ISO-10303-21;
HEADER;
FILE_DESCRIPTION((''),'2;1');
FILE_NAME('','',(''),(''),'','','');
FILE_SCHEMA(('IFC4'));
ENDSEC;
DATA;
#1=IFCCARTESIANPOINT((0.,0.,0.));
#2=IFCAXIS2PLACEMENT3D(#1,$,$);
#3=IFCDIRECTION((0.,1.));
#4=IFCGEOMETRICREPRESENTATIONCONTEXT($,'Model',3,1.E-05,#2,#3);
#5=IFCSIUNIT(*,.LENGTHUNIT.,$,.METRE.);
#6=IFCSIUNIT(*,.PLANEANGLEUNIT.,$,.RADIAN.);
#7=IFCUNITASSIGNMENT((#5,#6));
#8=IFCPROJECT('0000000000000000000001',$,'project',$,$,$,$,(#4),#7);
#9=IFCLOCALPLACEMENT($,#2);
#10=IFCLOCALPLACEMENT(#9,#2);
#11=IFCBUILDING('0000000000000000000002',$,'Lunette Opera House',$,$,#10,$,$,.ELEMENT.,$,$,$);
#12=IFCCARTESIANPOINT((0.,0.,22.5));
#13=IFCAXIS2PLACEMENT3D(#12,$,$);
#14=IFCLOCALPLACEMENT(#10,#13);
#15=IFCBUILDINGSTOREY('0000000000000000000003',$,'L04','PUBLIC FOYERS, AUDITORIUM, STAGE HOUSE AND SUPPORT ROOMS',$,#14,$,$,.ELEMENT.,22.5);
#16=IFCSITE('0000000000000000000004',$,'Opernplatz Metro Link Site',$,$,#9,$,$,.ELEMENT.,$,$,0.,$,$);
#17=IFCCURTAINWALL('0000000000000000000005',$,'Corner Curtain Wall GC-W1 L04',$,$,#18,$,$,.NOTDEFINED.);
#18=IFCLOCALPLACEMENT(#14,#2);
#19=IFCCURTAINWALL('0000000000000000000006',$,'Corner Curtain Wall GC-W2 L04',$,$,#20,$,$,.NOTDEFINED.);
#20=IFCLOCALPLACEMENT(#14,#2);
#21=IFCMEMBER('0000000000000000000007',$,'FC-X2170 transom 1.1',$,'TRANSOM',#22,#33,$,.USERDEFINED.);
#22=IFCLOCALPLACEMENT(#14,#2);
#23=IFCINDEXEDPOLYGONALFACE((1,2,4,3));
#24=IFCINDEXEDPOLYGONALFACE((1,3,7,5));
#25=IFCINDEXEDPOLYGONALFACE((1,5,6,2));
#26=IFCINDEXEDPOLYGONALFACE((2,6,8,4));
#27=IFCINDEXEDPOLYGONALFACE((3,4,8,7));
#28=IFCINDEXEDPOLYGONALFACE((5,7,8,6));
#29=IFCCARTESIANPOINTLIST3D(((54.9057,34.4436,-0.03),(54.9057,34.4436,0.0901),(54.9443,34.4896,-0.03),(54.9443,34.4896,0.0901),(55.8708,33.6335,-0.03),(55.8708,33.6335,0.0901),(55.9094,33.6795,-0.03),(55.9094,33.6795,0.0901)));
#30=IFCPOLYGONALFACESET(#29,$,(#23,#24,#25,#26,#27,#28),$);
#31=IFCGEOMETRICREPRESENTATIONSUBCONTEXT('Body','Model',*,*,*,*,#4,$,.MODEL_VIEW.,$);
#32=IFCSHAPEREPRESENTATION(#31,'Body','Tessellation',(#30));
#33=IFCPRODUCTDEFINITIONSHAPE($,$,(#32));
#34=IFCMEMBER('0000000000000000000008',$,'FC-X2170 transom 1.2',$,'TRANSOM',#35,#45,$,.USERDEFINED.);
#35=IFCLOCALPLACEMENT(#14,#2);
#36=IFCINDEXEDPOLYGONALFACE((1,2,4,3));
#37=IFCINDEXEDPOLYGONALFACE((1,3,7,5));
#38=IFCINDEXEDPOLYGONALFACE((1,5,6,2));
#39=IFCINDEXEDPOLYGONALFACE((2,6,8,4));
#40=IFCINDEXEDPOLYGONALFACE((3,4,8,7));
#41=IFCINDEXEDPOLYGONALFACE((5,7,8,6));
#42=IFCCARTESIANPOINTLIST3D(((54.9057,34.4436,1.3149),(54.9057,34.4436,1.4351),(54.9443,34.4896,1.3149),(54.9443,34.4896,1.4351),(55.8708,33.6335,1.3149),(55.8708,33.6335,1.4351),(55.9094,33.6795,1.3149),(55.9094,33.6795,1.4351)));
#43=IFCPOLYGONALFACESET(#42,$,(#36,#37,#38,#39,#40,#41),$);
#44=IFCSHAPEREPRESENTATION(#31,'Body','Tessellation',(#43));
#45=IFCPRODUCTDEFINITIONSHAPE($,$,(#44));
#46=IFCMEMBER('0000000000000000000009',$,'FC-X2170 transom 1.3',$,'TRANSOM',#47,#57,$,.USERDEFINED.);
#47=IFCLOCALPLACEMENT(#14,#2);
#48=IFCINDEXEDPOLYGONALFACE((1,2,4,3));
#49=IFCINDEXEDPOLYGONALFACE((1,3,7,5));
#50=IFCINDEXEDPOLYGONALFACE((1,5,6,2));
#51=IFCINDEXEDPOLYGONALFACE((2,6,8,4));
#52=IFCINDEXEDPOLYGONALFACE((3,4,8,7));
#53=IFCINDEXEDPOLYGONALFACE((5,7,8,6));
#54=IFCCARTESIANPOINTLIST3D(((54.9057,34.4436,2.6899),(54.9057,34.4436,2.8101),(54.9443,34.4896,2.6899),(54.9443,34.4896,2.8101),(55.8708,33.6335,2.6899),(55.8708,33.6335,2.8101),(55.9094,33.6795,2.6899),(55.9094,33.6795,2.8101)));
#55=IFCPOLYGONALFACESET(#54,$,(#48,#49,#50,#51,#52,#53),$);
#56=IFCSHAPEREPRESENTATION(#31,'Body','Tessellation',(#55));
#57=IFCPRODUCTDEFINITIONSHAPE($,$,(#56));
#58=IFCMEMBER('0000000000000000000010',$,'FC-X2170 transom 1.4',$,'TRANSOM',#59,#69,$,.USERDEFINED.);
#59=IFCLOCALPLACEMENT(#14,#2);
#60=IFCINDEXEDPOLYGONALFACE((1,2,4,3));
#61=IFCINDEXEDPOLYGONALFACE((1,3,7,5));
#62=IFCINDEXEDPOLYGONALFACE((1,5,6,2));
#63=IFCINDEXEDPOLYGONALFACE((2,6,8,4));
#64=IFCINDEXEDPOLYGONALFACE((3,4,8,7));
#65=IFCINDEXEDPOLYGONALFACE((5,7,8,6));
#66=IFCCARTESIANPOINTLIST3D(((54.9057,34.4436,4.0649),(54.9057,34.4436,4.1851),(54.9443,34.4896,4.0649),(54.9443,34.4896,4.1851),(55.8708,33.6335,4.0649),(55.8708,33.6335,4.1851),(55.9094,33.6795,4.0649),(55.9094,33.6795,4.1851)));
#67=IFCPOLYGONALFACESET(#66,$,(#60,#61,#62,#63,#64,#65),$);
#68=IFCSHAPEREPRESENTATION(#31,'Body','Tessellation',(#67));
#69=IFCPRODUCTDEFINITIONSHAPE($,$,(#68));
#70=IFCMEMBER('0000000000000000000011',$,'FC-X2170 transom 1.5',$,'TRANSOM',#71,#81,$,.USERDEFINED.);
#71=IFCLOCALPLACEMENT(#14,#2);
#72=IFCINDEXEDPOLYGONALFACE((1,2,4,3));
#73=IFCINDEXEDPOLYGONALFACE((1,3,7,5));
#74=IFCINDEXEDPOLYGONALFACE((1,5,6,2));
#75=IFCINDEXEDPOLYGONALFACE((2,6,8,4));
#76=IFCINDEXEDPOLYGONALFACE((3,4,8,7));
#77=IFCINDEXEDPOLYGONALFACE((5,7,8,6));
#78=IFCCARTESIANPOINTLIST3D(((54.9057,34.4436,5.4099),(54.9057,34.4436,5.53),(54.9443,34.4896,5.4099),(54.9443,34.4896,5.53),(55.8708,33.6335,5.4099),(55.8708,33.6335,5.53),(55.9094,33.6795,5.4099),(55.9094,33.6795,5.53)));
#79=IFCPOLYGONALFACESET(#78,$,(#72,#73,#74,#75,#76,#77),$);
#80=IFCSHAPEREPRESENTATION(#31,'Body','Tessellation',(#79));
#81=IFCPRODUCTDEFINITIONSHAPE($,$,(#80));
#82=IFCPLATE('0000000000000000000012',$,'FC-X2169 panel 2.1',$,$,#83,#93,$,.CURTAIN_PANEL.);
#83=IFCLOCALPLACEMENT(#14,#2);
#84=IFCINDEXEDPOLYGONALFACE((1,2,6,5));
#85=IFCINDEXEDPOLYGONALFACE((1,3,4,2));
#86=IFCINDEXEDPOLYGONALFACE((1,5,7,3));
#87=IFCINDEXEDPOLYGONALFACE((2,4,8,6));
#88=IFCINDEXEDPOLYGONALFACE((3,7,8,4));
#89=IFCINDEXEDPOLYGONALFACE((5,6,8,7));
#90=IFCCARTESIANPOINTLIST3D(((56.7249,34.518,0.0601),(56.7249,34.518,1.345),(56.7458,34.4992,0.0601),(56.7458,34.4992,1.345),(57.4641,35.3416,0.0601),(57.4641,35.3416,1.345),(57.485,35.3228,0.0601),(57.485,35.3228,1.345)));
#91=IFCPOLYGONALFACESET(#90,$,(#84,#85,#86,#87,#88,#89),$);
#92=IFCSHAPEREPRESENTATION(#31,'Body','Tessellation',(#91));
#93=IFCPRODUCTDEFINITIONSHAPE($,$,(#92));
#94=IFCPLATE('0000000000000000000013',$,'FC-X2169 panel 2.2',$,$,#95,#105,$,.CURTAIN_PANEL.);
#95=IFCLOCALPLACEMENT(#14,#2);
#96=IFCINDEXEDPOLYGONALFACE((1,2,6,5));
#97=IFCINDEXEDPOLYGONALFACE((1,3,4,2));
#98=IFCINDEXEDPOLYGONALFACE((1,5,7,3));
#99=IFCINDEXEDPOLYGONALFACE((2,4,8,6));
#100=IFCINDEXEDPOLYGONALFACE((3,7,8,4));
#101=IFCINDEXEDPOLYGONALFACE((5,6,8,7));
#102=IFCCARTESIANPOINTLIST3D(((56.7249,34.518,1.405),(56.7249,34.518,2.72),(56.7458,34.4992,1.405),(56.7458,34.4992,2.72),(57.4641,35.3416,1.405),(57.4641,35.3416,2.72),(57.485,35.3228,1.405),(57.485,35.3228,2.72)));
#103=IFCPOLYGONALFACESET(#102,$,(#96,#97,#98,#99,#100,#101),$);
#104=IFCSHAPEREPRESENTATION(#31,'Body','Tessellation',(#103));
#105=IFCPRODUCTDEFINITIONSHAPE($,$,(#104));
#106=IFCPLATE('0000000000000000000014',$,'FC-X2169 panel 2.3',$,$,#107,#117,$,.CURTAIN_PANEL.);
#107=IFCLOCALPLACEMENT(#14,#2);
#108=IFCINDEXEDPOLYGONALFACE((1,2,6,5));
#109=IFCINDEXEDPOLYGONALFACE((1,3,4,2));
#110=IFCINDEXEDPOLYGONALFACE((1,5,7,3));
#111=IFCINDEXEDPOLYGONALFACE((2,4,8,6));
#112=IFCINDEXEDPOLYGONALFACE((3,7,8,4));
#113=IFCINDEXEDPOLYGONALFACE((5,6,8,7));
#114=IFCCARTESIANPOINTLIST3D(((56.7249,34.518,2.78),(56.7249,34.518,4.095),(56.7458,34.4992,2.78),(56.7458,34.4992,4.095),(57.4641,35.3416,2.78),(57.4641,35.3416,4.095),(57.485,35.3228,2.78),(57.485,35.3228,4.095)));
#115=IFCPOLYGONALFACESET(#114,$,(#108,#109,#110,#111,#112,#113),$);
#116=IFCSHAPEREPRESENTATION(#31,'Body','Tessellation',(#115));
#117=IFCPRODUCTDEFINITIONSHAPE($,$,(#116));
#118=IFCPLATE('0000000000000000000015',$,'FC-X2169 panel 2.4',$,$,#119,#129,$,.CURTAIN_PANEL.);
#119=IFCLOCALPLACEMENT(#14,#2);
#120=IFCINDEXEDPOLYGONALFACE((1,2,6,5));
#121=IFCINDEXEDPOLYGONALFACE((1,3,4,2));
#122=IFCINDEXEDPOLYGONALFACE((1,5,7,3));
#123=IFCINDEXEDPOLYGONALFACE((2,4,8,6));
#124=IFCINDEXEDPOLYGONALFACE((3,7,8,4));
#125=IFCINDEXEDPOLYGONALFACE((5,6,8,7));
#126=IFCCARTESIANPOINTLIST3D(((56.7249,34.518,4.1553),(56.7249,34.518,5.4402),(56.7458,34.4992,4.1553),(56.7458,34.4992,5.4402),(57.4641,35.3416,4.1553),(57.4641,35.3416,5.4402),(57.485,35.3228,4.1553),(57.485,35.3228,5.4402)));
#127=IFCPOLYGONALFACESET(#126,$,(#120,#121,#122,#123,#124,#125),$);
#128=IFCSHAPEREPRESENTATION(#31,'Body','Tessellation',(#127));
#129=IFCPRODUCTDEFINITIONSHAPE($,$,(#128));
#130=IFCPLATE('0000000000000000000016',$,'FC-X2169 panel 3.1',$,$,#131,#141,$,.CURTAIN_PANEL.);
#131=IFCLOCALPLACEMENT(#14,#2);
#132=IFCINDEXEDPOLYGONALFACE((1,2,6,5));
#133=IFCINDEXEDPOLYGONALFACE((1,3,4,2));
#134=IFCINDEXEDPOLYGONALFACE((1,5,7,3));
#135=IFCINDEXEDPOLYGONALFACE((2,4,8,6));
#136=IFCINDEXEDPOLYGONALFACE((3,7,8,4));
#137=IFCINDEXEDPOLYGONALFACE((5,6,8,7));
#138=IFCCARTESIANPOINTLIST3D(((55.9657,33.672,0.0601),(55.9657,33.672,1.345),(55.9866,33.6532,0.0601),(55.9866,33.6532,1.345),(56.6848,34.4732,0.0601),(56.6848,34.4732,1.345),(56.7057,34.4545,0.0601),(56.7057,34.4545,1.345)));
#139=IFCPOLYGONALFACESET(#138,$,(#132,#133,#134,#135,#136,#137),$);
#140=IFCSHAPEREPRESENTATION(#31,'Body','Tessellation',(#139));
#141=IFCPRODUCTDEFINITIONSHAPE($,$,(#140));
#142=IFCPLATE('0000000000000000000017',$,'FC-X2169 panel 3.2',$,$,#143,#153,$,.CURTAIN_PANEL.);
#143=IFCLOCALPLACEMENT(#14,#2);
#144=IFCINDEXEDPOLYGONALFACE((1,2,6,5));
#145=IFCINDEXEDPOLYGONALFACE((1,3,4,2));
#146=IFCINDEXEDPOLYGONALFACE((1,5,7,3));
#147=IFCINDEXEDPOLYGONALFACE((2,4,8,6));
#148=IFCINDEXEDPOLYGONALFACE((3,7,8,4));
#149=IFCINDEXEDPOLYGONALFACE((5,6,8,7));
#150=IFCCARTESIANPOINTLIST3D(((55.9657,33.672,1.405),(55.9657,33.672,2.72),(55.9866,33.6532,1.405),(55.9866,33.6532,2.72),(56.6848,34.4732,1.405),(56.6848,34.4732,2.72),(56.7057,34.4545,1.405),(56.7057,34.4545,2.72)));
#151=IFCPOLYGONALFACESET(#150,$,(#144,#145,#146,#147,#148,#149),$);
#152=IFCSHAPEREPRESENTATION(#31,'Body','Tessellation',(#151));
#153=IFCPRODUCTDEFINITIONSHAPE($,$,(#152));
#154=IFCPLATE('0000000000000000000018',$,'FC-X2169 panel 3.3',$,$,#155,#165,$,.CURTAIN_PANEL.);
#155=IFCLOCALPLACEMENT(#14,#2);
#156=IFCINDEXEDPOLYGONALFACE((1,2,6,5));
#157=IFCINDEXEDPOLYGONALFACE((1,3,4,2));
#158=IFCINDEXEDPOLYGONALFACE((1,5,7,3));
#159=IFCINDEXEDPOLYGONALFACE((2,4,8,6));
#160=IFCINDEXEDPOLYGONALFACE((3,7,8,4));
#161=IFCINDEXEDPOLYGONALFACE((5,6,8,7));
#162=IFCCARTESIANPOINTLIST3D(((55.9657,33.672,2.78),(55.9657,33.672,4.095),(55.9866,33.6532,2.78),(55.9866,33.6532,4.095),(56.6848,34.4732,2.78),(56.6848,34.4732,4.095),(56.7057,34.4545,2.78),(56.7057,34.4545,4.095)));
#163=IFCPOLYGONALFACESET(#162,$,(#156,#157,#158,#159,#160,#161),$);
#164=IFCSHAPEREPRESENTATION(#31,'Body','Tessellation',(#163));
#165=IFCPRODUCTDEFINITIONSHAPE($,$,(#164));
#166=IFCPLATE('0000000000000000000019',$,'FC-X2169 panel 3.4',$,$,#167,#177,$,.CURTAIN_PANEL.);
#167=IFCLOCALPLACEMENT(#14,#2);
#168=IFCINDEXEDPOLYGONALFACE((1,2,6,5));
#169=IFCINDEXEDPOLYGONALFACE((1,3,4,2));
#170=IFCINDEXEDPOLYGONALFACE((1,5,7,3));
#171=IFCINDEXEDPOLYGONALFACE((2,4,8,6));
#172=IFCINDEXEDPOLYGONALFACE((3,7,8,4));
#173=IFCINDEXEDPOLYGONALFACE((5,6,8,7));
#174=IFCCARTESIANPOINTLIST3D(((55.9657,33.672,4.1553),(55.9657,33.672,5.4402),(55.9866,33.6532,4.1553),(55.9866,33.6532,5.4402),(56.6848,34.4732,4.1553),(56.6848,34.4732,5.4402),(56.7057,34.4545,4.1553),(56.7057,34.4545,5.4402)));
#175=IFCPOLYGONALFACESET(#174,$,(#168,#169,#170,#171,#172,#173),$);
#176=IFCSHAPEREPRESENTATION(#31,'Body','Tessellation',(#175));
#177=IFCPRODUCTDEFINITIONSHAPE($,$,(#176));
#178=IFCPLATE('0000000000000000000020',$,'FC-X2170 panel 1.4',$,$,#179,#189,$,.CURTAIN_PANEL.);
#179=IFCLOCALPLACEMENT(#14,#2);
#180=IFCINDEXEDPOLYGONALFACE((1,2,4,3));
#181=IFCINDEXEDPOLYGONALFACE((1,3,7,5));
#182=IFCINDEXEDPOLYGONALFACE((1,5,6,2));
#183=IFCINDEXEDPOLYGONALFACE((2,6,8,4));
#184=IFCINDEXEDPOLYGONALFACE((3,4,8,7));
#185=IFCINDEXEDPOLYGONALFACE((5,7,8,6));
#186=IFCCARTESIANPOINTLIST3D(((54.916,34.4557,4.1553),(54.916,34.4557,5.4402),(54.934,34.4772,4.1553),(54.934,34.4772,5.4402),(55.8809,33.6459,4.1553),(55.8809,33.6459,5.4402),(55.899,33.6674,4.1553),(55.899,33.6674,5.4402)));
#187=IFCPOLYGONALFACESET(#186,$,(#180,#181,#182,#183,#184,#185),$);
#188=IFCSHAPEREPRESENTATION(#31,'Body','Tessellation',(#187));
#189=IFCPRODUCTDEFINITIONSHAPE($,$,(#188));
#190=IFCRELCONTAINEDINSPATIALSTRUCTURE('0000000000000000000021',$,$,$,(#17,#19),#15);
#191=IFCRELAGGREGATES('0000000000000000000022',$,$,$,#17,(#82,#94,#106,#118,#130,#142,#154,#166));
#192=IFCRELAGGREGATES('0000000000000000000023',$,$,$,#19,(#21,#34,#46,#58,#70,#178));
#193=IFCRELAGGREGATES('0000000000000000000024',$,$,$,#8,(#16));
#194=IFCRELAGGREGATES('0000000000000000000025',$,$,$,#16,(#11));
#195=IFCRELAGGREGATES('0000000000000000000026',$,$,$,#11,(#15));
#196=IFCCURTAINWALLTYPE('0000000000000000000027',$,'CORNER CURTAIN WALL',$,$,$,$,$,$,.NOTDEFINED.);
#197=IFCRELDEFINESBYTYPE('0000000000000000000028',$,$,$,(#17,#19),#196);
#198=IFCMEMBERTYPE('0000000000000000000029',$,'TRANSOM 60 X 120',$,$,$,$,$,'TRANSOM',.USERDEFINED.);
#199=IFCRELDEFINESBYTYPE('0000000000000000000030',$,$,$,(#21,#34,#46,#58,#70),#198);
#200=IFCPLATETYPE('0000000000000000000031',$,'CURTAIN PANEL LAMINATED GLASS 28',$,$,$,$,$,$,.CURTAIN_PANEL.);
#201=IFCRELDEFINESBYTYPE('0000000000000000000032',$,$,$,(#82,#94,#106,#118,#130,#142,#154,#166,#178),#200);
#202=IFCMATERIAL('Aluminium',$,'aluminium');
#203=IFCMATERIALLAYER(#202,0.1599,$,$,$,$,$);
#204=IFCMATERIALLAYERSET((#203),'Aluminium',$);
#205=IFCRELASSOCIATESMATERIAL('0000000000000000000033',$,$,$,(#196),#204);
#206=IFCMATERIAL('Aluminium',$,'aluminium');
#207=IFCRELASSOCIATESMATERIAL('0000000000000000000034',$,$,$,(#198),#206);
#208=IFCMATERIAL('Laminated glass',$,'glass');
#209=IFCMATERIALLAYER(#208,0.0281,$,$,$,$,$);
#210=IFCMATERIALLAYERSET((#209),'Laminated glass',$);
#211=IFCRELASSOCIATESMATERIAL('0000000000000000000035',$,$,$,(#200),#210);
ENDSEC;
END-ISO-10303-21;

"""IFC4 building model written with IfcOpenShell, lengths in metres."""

from ifc_helpers import new_model, si_unit, direction, frame, origin, origin_2d, place, context, subcontext, project, spatial, rectangle, extrude, material, layer, layer_set, material_profile, profile_set, type_object, element, aggregate, save


model = new_model("IFC4")

# Units and contexts
model_context = context("Model", 3, precision=1e-05, world=origin(), true_north=direction((0.0, 1.0)))
body_context = subcontext(model_context, "Body", "Model", "MODEL_VIEW")
ifc_project = project(units=[si_unit("LENGTHUNIT", "METRE"), si_unit("PLANEANGLEUNIT", "RADIAN")], contexts=[model_context])

# Site, building, storey
site_placement = place(None, origin())
site = spatial("IfcSite", under=ifc_project, at=site_placement, Name="Opernplatz Metro Link Site", CompositionType="ELEMENT", RefElevation=0.0)
building_placement = place(site_placement, origin())
building = spatial("IfcBuilding", under=site, at=building_placement, Name="Lunette Opera House", CompositionType="ELEMENT")
storey_placement = place(building_placement, frame((0.0, 0.0, 22.5)))
storey = spatial("IfcBuildingStorey", under=building, at=storey_placement, Name="L04", Description="PUBLIC FOYERS, AUDITORIUM, STAGE HOUSE AND SUPPORT ROOMS", CompositionType="ELEMENT", Elevation=22.5)

# Curtain wall
ifc_material_1 = material(Name="Aluminium", Category="aluminium")
ifc_layer_1 = layer(ifc_material_1, 0.1599)
ifc_layer_set_1 = layer_set([ifc_layer_1], Name="Aluminium")
curtain_wall_type = type_object("IfcCurtainWallType", Name="CORNER CURTAIN WALL", PredefinedType="NOTDEFINED", material=ifc_layer_set_1)
curtain_wall_1_placement = place(storey_placement, origin())
curtain_wall_1 = element("IfcCurtainWall", 1, at=curtain_wall_1_placement, inside=storey, type_object=curtain_wall_type, Name="Corner Curtain Wall GC-W1 L04", PredefinedType="NOTDEFINED")

# Curtain wall
curtain_wall_2_placement = place(storey_placement, origin())
curtain_wall_2 = element("IfcCurtainWall", 2, at=curtain_wall_2_placement, inside=storey, type_object=curtain_wall_type, Name="Corner Curtain Wall GC-W2 L04", PredefinedType="NOTDEFINED")

# Members
ifc_material_2 = material(Name="Aluminium", Category="aluminium")
ifc_material_profile_1 = material_profile(ifc_material_2, rectangle(XDim=0.0601, YDim=0.1201, at=origin_2d()), Name="TRANSOM 60 X 120")
ifc_profile_set_1 = profile_set([ifc_material_profile_1], Name="Aluminium")
member_type_1 = type_object("IfcMemberType", Name="TRANSOM 60 X 120", ElementType="TRANSOM", PredefinedType="USERDEFINED", material=ifc_profile_set_1)
member_1_placement = place(storey_placement, frame((55.8901, 33.6565, 0.03), z_axis=(-0.765945, 0.642906, 0.0), x_axis=(-0.642906, -0.765945, 0.0)))
member_1 = element("IfcMember", 3, at=member_1_placement, type_object=member_type_1, Name="FC-X2170 transom 1.1", ObjectType="TRANSOM", PredefinedType="USERDEFINED", context=body_context, shape_type="SweptSolid", body=[
    extrude(rectangle(XDim=0.0601, YDim=0.1201, at=origin_2d()), origin(), (0.0, 0.0, 1.0), 1.26),
])
member_2_placement = place(storey_placement, frame((55.8901, 33.6565, 1.375), z_axis=(-0.765945, 0.642906, 0.0), x_axis=(-0.642906, -0.765945, 0.0)))
member_2 = element("IfcMember", 4, at=member_2_placement, type_object=member_type_1, Name="FC-X2170 transom 1.2", ObjectType="TRANSOM", PredefinedType="USERDEFINED", context=body_context, shape_type="SweptSolid", body=[
    extrude(rectangle(XDim=0.0601, YDim=0.1201, at=origin_2d()), origin(), (0.0, 0.0, 1.0), 1.26),
])
member_3_placement = place(storey_placement, frame((55.8901, 33.6565, 2.75), z_axis=(-0.765945, 0.642906, 0.0), x_axis=(-0.642906, -0.765945, 0.0)))
member_3 = element("IfcMember", 5, at=member_3_placement, type_object=member_type_1, Name="FC-X2170 transom 1.3", ObjectType="TRANSOM", PredefinedType="USERDEFINED", context=body_context, shape_type="SweptSolid", body=[
    extrude(rectangle(XDim=0.0601, YDim=0.1201, at=origin_2d()), origin(), (0.0, 0.0, 1.0), 1.26),
])
member_4_placement = place(storey_placement, frame((55.8901, 33.6565, 4.125), z_axis=(-0.765945, 0.642906, 0.0), x_axis=(-0.642906, -0.765945, 0.0)))
member_4 = element("IfcMember", 6, at=member_4_placement, type_object=member_type_1, Name="FC-X2170 transom 1.4", ObjectType="TRANSOM", PredefinedType="USERDEFINED", context=body_context, shape_type="SweptSolid", body=[
    extrude(rectangle(XDim=0.0601, YDim=0.1201, at=origin_2d()), origin(), (0.0, 0.0, 1.0), 1.26),
])
member_5_placement = place(storey_placement, frame((55.8901, 33.6565, 5.47), z_axis=(-0.765945, 0.642906, 0.0), x_axis=(-0.642906, -0.765945, 0.0)))
member_5 = element("IfcMember", 7, at=member_5_placement, type_object=member_type_1, Name="FC-X2170 transom 1.5", ObjectType="TRANSOM", PredefinedType="USERDEFINED", context=body_context, shape_type="SweptSolid", body=[
    extrude(rectangle(XDim=0.0601, YDim=0.1201, at=origin_2d()), origin(), (0.0, 0.0, 1.0), 1.26),
])

# Plates
ifc_material_3 = material(Name="Laminated glass", Category="glass")
ifc_layer_2 = layer(ifc_material_3, 0.0281)
ifc_layer_set_2 = layer_set([ifc_layer_2], Name="Laminated glass")
plate_type = type_object("IfcPlateType", Name="CURTAIN PANEL LAMINATED GLASS 28", PredefinedType="CURTAIN_PANEL", material=ifc_layer_set_2)
plate_1_placement = place(storey_placement, frame((57.105, 34.9204, 0.0601), z_axis=(0.0, 0.0, 1.0), x_axis=(-0.667938, -0.744217, 0.0)))
plate_1 = element("IfcPlate", 8, at=plate_1_placement, type_object=plate_type, Name="FC-X2169 panel 2.1", PredefinedType="CURTAIN_PANEL", context=body_context, shape_type="SweptSolid", body=[
    extrude(rectangle(XDim=1.1067, YDim=0.0281, at=origin_2d()), origin(), (0.0, 0.0, 1.0), 1.2849),
])
plate_2_placement = place(storey_placement, frame((57.105, 34.9204, 1.405), z_axis=(0.0, 0.0, 1.0), x_axis=(-0.667938, -0.744217, 0.0)))
plate_2 = element("IfcPlate", 9, at=plate_2_placement, type_object=plate_type, Name="FC-X2169 panel 2.2", PredefinedType="CURTAIN_PANEL", context=body_context, shape_type="SweptSolid", body=[
    extrude(rectangle(XDim=1.1067, YDim=0.0281, at=origin_2d()), origin(), (0.0, 0.0, 1.0), 1.3149),
])
plate_3_placement = place(storey_placement, frame((57.105, 34.9204, 2.78), z_axis=(0.0, 0.0, 1.0), x_axis=(-0.667938, -0.744217, 0.0)))
plate_3 = element("IfcPlate", 10, at=plate_3_placement, type_object=plate_type, Name="FC-X2169 panel 2.3", PredefinedType="CURTAIN_PANEL", context=body_context, shape_type="SweptSolid", body=[
    extrude(rectangle(XDim=1.1067, YDim=0.0281, at=origin_2d()), origin(), (0.0, 0.0, 1.0), 1.3149),
])
plate_4_placement = place(storey_placement, frame((57.105, 34.9204, 4.1553), z_axis=(0.0, 0.0, 1.0), x_axis=(-0.667938, -0.744217, 0.0)))
plate_4 = element("IfcPlate", 11, at=plate_4_placement, type_object=plate_type, Name="FC-X2169 panel 2.4", PredefinedType="CURTAIN_PANEL", context=body_context, shape_type="SweptSolid", body=[
    extrude(rectangle(XDim=1.1067, YDim=0.0281, at=origin_2d()), origin(), (0.0, 0.0, 1.0), 1.2849),
])
plate_5_placement = place(storey_placement, frame((56.3357, 34.0632, 0.0601), z_axis=(0.0, 0.0, 1.0), x_axis=(-0.667938, -0.744217, 0.0)))
plate_5 = element("IfcPlate", 12, at=plate_5_placement, type_object=plate_type, Name="FC-X2169 panel 3.1", PredefinedType="CURTAIN_PANEL", context=body_context, shape_type="SweptSolid", body=[
    extrude(rectangle(XDim=1.0767, YDim=0.0281, at=origin_2d()), origin(), (0.0, 0.0, 1.0), 1.2849),
])
plate_6_placement = place(storey_placement, frame((56.3357, 34.0632, 1.405), z_axis=(0.0, 0.0, 1.0), x_axis=(-0.667938, -0.744217, 0.0)))
plate_6 = element("IfcPlate", 13, at=plate_6_placement, type_object=plate_type, Name="FC-X2169 panel 3.2", PredefinedType="CURTAIN_PANEL", context=body_context, shape_type="SweptSolid", body=[
    extrude(rectangle(XDim=1.0767, YDim=0.0281, at=origin_2d()), origin(), (0.0, 0.0, 1.0), 1.3149),
])
plate_7_placement = place(storey_placement, frame((56.3357, 34.0632, 2.78), z_axis=(0.0, 0.0, 1.0), x_axis=(-0.667938, -0.744217, 0.0)))
plate_7 = element("IfcPlate", 14, at=plate_7_placement, type_object=plate_type, Name="FC-X2169 panel 3.3", PredefinedType="CURTAIN_PANEL", context=body_context, shape_type="SweptSolid", body=[
    extrude(rectangle(XDim=1.0767, YDim=0.0281, at=origin_2d()), origin(), (0.0, 0.0, 1.0), 1.3149),
])
plate_8_placement = place(storey_placement, frame((56.3357, 34.0632, 4.1553), z_axis=(0.0, 0.0, 1.0), x_axis=(-0.667938, -0.744217, 0.0)))
plate_8 = element("IfcPlate", 15, at=plate_8_placement, type_object=plate_type, Name="FC-X2169 panel 3.4", PredefinedType="CURTAIN_PANEL", context=body_context, shape_type="SweptSolid", body=[
    extrude(rectangle(XDim=1.0767, YDim=0.0281, at=origin_2d()), origin(), (0.0, 0.0, 1.0), 1.2849),
])
aggregate(curtain_wall_1, [plate_1, plate_2, plate_3, plate_4, plate_5, plate_6, plate_7, plate_8])
plate_9_placement = place(storey_placement, frame((55.4075, 34.0615, 4.1553), z_axis=(0.0, 0.0, 1.0), x_axis=(-0.766, 0.64284, 0.0)))
plate_9 = element("IfcPlate", 16, at=plate_9_placement, type_object=plate_type, Name="FC-X2170 panel 1.4", PredefinedType="CURTAIN_PANEL", context=body_context, shape_type="SweptSolid", body=[
    extrude(rectangle(XDim=1.2598, YDim=0.0281, at=origin_2d()), origin(), (0.0, 0.0, 1.0), 1.2849),
])
aggregate(curtain_wall_2, [member_1, member_2, member_3, member_4, member_5, plate_9])

save(model, "model.ifc")
